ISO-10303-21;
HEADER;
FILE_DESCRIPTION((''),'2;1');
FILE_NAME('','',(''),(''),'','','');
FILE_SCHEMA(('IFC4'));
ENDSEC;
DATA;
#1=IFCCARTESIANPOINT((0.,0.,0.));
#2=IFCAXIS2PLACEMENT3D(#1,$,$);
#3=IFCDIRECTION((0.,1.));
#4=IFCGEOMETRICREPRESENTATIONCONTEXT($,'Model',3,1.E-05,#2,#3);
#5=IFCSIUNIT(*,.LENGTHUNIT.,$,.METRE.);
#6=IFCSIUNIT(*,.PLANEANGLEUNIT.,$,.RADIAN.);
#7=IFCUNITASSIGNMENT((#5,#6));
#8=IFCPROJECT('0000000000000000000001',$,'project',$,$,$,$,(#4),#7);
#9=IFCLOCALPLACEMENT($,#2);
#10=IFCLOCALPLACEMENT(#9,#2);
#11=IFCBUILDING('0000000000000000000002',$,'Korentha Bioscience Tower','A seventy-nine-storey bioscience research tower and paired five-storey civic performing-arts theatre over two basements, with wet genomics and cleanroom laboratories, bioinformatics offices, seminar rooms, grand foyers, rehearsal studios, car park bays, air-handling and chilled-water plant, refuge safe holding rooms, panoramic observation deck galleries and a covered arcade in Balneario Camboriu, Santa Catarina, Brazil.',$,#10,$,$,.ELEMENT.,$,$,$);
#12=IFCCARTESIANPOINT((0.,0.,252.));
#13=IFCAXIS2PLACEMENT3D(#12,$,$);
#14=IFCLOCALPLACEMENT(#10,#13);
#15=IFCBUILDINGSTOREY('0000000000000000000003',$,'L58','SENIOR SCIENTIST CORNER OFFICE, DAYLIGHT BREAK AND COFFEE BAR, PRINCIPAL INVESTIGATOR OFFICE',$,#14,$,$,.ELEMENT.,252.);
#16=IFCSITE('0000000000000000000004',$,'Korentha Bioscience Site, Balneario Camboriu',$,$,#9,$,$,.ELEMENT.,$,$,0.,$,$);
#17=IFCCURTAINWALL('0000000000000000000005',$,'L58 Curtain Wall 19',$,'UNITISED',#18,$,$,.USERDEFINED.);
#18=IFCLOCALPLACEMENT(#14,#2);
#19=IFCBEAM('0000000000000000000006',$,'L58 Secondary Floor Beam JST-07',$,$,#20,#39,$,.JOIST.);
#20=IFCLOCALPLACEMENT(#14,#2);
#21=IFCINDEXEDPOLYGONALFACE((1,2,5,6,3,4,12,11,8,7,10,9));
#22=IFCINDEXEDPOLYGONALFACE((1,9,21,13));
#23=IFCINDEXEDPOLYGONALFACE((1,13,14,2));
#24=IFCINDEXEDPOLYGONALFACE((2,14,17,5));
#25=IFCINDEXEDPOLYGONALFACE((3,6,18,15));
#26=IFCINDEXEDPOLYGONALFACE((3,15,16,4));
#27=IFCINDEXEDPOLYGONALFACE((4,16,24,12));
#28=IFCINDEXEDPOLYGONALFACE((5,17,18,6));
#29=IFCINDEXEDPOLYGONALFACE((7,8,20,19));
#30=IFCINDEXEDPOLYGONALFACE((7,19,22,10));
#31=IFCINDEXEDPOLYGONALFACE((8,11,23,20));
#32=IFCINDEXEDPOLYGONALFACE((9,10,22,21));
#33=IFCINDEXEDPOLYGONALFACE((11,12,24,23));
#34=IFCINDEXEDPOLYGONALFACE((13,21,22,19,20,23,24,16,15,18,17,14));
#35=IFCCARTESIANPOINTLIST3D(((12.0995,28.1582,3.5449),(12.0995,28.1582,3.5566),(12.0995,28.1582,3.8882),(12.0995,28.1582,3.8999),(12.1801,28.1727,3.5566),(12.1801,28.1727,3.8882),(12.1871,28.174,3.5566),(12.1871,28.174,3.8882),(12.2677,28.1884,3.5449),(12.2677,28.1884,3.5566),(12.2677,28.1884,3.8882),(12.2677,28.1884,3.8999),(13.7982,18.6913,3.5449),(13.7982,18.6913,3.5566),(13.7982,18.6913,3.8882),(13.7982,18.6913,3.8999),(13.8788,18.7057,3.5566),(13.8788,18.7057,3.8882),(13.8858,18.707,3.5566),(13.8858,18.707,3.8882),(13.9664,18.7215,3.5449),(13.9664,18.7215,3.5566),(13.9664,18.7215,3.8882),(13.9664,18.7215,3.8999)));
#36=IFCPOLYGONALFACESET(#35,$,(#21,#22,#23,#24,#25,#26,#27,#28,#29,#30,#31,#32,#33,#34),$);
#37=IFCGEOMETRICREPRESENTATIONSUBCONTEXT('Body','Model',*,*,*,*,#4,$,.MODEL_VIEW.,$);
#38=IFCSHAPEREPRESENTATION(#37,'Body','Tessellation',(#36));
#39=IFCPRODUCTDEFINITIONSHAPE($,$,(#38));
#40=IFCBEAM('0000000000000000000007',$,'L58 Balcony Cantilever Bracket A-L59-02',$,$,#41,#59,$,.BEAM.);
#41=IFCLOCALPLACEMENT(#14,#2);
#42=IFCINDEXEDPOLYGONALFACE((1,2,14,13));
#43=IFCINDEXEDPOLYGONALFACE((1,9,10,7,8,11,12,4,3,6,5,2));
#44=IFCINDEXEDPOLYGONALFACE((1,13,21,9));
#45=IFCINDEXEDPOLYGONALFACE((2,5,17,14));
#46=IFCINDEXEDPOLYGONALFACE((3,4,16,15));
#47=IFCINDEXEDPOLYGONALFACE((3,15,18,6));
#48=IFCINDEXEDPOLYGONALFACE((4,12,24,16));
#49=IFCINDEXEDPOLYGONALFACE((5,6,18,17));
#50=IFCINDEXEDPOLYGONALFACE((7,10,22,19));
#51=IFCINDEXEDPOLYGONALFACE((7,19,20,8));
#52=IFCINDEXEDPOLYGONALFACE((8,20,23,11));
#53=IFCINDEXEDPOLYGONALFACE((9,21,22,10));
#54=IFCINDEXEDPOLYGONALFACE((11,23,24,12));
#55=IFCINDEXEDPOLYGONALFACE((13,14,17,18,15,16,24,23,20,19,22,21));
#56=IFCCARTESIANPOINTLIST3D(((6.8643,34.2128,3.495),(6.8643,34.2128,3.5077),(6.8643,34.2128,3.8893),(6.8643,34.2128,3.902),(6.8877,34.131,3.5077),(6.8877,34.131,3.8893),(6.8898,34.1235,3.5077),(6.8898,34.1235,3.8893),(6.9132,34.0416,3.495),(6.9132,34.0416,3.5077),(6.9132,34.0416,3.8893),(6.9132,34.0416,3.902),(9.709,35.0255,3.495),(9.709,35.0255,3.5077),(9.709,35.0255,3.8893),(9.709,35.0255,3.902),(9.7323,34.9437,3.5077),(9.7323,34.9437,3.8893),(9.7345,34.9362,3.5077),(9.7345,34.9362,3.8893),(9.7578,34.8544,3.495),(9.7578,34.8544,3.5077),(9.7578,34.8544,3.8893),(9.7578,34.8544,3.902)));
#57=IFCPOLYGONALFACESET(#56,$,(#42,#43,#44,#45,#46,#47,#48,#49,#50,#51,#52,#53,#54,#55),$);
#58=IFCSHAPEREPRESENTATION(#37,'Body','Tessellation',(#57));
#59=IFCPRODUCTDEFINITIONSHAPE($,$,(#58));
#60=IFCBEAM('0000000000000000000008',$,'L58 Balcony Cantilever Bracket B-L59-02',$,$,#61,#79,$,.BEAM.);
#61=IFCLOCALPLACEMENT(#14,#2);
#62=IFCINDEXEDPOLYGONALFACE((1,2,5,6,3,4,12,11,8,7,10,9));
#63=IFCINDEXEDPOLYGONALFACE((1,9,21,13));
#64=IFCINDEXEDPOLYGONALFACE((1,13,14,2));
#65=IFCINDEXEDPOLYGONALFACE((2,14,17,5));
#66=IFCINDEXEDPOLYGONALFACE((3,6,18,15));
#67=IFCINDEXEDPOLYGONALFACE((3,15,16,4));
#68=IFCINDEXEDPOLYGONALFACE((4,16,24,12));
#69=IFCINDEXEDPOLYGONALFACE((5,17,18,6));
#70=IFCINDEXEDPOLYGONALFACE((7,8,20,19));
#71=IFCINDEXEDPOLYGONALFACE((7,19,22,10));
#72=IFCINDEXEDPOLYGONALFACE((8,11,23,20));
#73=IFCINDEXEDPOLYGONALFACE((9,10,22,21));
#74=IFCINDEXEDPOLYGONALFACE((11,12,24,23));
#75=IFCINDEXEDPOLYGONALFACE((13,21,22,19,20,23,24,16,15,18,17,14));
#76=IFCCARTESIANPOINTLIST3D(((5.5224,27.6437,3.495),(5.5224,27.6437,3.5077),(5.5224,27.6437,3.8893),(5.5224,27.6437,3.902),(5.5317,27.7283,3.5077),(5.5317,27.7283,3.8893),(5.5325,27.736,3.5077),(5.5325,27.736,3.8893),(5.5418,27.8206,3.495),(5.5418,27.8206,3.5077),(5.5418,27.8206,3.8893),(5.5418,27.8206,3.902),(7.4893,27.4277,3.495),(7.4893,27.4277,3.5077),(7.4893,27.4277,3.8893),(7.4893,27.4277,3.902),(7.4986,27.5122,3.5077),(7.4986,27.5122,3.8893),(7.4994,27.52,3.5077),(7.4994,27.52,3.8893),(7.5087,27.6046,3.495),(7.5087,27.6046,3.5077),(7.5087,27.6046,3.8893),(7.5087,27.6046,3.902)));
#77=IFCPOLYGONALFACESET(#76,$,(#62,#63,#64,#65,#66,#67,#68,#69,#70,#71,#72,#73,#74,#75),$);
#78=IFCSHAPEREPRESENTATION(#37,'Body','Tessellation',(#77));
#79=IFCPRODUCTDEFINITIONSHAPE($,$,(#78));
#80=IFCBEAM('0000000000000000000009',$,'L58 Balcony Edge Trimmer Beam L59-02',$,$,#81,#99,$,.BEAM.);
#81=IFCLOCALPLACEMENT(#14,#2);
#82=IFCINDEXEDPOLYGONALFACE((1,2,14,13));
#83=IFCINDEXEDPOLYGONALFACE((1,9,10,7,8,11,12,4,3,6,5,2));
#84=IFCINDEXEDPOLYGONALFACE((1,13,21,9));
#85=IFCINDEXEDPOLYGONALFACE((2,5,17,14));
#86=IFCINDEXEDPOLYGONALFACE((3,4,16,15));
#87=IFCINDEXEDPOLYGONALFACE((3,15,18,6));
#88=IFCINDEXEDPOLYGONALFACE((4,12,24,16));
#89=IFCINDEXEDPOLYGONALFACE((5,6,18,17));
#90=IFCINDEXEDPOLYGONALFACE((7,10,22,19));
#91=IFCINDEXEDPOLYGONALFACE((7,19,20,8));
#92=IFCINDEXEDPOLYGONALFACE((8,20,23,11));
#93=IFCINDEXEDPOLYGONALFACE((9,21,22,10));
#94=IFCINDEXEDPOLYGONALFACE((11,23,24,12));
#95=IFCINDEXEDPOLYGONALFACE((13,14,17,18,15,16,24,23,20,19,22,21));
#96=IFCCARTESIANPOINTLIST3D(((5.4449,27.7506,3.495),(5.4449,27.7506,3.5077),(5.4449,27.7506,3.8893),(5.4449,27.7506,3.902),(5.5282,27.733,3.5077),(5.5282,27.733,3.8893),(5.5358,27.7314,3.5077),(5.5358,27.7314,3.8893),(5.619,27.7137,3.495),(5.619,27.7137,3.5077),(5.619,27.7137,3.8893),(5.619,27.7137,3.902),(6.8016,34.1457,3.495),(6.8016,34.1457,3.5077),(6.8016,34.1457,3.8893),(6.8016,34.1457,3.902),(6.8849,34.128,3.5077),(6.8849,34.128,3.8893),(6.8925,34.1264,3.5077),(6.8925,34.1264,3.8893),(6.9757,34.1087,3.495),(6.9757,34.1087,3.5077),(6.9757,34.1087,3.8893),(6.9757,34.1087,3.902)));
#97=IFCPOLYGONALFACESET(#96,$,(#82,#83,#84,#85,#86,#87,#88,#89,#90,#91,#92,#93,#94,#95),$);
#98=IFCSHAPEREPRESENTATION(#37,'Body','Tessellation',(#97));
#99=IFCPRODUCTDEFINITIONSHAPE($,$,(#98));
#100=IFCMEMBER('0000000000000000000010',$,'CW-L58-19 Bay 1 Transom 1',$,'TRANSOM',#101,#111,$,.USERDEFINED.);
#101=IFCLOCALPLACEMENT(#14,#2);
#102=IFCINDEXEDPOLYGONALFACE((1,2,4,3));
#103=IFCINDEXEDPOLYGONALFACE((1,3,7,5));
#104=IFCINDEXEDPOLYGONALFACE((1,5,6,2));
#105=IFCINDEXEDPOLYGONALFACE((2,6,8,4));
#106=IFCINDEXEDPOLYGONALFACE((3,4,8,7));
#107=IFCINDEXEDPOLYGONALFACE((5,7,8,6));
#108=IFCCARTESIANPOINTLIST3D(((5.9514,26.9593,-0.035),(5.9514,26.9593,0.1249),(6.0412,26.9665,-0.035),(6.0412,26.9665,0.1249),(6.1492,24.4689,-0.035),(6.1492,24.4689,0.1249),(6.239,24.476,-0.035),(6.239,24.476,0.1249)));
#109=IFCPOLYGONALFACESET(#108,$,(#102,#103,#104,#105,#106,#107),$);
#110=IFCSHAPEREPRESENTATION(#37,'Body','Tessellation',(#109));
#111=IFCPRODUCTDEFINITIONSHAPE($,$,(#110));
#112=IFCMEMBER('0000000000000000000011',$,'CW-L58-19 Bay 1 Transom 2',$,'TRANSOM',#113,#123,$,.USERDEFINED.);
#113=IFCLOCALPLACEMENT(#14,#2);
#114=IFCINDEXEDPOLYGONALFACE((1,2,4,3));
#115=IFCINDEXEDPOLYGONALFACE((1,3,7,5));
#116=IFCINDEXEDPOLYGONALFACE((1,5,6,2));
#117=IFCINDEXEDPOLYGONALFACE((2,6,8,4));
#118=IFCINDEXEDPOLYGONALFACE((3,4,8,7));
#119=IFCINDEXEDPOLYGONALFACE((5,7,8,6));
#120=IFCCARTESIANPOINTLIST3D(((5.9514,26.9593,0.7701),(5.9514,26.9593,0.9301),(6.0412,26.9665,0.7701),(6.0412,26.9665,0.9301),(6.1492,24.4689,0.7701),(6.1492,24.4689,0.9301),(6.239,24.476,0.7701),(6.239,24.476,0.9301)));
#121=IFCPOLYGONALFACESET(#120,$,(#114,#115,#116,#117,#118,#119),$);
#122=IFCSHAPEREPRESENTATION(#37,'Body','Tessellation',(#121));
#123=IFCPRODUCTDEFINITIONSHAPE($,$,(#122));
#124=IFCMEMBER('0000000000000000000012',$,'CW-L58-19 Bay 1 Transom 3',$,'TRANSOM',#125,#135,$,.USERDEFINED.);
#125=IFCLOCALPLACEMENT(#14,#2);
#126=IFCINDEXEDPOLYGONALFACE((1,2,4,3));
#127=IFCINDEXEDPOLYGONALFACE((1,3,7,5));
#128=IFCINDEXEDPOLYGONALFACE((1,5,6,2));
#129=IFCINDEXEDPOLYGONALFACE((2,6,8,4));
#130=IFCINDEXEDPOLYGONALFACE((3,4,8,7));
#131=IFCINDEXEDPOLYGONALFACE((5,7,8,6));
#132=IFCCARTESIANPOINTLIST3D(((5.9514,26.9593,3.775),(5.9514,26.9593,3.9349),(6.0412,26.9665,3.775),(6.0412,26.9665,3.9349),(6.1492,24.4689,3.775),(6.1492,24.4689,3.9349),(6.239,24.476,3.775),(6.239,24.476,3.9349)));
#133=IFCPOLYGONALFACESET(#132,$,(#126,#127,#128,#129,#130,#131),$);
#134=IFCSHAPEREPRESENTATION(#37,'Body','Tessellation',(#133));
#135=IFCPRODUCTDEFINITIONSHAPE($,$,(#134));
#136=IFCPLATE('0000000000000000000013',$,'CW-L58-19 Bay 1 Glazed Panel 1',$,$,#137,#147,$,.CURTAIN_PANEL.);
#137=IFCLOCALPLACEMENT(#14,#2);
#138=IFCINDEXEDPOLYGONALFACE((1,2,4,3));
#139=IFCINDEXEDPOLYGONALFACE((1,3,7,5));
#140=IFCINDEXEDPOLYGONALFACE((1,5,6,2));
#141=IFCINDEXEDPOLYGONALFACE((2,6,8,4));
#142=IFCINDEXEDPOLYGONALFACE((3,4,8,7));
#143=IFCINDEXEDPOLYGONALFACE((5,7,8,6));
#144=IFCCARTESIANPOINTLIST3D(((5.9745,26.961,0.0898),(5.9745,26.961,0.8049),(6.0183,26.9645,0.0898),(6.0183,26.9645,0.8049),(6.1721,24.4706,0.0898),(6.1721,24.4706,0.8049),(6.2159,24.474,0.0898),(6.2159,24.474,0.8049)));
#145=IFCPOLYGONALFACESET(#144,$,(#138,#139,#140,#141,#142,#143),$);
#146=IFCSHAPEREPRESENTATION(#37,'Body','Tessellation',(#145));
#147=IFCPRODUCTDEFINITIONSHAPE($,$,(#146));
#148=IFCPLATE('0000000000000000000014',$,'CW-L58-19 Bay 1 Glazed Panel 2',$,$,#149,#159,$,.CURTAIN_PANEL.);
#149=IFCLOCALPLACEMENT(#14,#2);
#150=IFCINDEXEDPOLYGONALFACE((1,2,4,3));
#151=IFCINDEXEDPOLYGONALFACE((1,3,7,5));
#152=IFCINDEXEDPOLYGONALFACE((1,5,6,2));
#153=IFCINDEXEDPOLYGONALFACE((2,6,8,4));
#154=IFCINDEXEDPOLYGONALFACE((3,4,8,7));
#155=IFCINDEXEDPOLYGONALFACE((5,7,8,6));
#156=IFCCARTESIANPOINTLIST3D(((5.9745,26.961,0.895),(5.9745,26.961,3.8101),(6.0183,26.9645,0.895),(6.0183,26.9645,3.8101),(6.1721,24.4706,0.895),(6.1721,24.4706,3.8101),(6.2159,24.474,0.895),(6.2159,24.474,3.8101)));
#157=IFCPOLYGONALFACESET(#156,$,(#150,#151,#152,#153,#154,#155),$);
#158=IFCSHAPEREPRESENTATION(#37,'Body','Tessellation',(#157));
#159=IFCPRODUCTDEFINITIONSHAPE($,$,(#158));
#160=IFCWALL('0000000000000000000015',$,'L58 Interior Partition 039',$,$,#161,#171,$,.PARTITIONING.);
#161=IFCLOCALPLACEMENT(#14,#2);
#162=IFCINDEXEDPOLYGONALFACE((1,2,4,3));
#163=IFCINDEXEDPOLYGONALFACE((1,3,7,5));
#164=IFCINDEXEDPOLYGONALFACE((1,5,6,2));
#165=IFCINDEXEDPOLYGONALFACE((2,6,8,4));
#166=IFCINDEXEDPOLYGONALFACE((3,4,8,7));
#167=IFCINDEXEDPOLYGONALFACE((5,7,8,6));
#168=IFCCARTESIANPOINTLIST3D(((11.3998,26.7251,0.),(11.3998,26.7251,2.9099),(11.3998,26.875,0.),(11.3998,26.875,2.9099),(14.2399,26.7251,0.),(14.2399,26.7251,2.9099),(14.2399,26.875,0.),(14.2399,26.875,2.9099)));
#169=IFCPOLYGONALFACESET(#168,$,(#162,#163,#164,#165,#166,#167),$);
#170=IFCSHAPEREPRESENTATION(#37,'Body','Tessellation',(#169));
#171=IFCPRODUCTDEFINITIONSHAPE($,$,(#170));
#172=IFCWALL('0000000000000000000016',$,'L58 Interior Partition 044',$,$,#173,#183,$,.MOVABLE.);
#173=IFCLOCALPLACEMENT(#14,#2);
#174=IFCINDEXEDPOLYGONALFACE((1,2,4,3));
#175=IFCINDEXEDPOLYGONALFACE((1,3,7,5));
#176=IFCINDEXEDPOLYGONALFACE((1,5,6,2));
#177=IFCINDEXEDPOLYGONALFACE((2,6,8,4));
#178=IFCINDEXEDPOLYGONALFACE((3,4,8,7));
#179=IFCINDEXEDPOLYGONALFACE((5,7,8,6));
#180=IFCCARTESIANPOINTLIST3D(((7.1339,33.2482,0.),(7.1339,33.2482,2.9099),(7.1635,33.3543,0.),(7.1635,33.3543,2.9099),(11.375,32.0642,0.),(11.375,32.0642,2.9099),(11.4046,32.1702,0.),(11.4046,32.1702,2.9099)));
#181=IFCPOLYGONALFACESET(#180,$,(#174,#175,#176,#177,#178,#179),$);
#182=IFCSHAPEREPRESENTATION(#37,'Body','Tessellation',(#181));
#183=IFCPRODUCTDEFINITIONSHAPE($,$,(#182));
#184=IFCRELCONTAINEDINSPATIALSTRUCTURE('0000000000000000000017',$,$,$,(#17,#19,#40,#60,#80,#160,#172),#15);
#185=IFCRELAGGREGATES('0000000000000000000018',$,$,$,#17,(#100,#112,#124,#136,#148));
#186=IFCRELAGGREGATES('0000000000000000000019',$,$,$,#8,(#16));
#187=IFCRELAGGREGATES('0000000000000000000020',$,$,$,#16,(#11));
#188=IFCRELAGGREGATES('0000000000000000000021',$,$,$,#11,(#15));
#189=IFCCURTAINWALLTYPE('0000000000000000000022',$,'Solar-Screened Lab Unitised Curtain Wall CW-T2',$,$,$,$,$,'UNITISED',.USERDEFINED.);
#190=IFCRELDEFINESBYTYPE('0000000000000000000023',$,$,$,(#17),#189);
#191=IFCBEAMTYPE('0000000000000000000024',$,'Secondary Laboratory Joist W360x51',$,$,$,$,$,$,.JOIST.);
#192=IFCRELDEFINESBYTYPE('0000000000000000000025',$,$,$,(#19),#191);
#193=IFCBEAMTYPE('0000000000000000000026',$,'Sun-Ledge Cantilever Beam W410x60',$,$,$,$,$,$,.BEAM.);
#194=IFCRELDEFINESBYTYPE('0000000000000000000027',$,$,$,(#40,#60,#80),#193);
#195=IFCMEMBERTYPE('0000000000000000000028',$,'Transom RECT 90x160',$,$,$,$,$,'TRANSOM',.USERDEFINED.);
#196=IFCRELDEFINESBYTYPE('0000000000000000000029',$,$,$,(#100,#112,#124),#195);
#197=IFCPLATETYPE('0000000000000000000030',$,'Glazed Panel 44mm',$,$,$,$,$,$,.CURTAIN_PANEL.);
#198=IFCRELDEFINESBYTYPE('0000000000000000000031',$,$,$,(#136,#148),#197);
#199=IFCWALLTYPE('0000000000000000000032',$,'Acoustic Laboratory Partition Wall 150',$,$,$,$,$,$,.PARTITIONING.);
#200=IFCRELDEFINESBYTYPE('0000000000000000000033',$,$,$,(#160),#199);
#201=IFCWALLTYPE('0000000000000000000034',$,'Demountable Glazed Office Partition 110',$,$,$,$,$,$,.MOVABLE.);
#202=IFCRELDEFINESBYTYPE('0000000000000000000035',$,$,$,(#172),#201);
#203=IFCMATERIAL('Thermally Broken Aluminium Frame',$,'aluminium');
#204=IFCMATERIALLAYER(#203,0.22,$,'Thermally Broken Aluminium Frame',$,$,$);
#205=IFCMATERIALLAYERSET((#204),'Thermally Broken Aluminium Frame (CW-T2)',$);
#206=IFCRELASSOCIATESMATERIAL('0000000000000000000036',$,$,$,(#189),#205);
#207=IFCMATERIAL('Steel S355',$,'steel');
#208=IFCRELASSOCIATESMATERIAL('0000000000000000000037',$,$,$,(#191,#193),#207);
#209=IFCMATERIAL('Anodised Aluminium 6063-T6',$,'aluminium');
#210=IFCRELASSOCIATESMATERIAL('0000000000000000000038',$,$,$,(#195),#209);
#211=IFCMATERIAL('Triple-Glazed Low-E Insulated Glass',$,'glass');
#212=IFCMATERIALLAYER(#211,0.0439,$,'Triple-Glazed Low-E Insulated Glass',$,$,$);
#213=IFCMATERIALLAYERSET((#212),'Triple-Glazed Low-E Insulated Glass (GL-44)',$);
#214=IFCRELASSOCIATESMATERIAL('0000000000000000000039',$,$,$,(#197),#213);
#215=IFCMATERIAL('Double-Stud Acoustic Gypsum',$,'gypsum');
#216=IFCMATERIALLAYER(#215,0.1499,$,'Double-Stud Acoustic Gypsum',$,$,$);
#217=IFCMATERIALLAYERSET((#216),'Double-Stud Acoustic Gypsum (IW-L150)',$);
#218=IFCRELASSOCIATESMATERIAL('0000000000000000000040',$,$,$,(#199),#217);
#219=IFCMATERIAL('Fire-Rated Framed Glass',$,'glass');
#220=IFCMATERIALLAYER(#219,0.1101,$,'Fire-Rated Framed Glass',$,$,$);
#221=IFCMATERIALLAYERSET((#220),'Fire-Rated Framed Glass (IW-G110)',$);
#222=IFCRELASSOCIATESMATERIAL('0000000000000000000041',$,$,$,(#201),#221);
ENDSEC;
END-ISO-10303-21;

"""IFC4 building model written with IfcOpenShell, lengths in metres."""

from ifc_helpers import new_model, si_unit, direction, frame, frame_2d, origin, origin_2d, place, context, subcontext, project, spatial, rectangle, i_section, extrude, material, layer, layer_set, material_profile, profile_set, type_object, element, aggregate, save


model = new_model("IFC4")

# Units and contexts
model_context = context("Model", 3, precision=1e-05, world=origin(), true_north=direction((0.0, 1.0)))
body_context = subcontext(model_context, "Body", "Model", "MODEL_VIEW")
ifc_project = project(units=[si_unit("LENGTHUNIT", "METRE"), si_unit("PLANEANGLEUNIT", "RADIAN")], contexts=[model_context])

# Site, building, storey
site_placement = place(None, origin())
site = spatial("IfcSite", under=ifc_project, at=site_placement, Name="Korentha Bioscience Site, Balneario Camboriu", CompositionType="ELEMENT", RefElevation=0.0)
building_placement = place(site_placement, origin())
building = spatial("IfcBuilding", under=site, at=building_placement, Name="Korentha Bioscience Tower", Description="A seventy-nine-storey bioscience research tower and paired five-storey civic performing-arts theatre over two basements, with wet genomics and cleanroom laboratories, bioinformatics offices, seminar rooms, grand foyers, rehearsal studios, car park bays, air-handling and chilled-water plant, refuge safe holding rooms, panoramic observation deck galleries and a covered arcade in Balneario Camboriu, Santa Catarina, Brazil.", CompositionType="ELEMENT")
storey_placement = place(building_placement, frame((0.0, 0.0, 252.0)))
storey = spatial("IfcBuildingStorey", under=building, at=storey_placement, Name="L58", Description="SENIOR SCIENTIST CORNER OFFICE, DAYLIGHT BREAK AND COFFEE BAR, PRINCIPAL INVESTIGATOR OFFICE", CompositionType="ELEMENT", Elevation=252.0)

# Shared definitions
ifc_material_1 = material(Name="Steel S355", Category="steel")

# Curtain wall
ifc_material_2 = material(Name="Thermally Broken Aluminium Frame", Category="aluminium")
ifc_layer_1 = layer(ifc_material_2, 0.22, Name="Thermally Broken Aluminium Frame")
ifc_layer_set_1 = layer_set([ifc_layer_1], Name="Thermally Broken Aluminium Frame (CW-T2)")
curtain_wall_type = type_object("IfcCurtainWallType", Name="Solar-Screened Lab Unitised Curtain Wall CW-T2", ElementType="UNITISED", PredefinedType="USERDEFINED", material=ifc_layer_set_1)
curtain_wall_placement = place(storey_placement, origin())
curtain_wall = element("IfcCurtainWall", 1, at=curtain_wall_placement, inside=storey, type_object=curtain_wall_type, Name="L58 Curtain Wall 19", ObjectType="UNITISED", PredefinedType="USERDEFINED")
ifc_material_3 = material(Name="Anodised Aluminium 6063-T6", Category="aluminium")

# Beams
ifc_material_profile_1 = material_profile(ifc_material_1, i_section(OverallWidth=0.1709, OverallDepth=0.355, WebThickness=0.0071, FlangeThickness=0.0117, at=origin_2d()), Name="Steel S355")
ifc_profile_set_1 = profile_set([ifc_material_profile_1], Name="Steel S355 (JB-360)")
beam_type_1 = type_object("IfcBeamType", Name="Secondary Laboratory Joist W360x51", PredefinedType="JOIST", material=ifc_profile_set_1)
beam_1_placement = place(storey_placement, frame((12.1836, 28.1733, 3.7224), z_axis=(0.176616, -0.98428, 0.0), x_axis=(0.98428, 0.176616, 0.0)))
element("IfcBeam", 2, at=beam_1_placement, inside=storey, type_object=beam_type_1, Name="L58 Secondary Floor Beam JST-07", PredefinedType="JOIST", context=body_context, shape_type="SweptSolid", body=[
    extrude(i_section(OverallWidth=0.1709, OverallDepth=0.355, WebThickness=0.0071, FlangeThickness=0.0117, at=origin_2d()), origin(), (0.0, 0.0, 1.0), 9.6182),
])
ifc_material_profile_2 = material_profile(ifc_material_1, i_section(OverallWidth=0.178, OverallDepth=0.407, WebThickness=0.0078, FlangeThickness=0.0127, at=origin_2d()), Name="Steel S355")
ifc_profile_set_2 = profile_set([ifc_material_profile_2], Name="Steel S355 (CB-410)")
beam_type_2 = type_object("IfcBeamType", Name="Sun-Ledge Cantilever Beam W410x60", PredefinedType="BEAM", material=ifc_profile_set_2)
beam_2_placement = place(storey_placement, frame((9.7334, 34.9399, 3.6985), z_axis=(-0.961527, -0.27471, 0.0), x_axis=(0.27471, -0.961527, 0.0)))
element("IfcBeam", 3, at=beam_2_placement, inside=storey, type_object=beam_type_2, Name="L58 Balcony Cantilever Bracket A-L59-02", PredefinedType="BEAM", context=body_context, shape_type="SweptSolid", body=[
    extrude(i_section(OverallWidth=0.178, OverallDepth=0.407, WebThickness=0.0078, FlangeThickness=0.0127, at=origin_2d()), origin(), (0.0, 0.0, 1.0), 2.9585),
])
beam_3_placement = place(storey_placement, frame((7.499, 27.5161, 3.6985), z_axis=(-0.994021, 0.109186, 0.0), x_axis=(-0.109186, -0.994021, 0.0)))
element("IfcBeam", 4, at=beam_3_placement, inside=storey, type_object=beam_type_2, Name="L58 Balcony Cantilever Bracket B-L59-02", PredefinedType="BEAM", context=body_context, shape_type="SweptSolid", body=[
    extrude(i_section(OverallWidth=0.178, OverallDepth=0.407, WebThickness=0.0078, FlangeThickness=0.0127, at=origin_2d()), origin(), (0.0, 0.0, 1.0), 1.9788),
])
beam_4_placement = place(storey_placement, frame((6.8887, 34.1272, 3.6985), z_axis=(-0.207529, -0.978229, 0.0), x_axis=(0.978229, -0.207529, 0.0)))
element("IfcBeam", 5, at=beam_4_placement, inside=storey, type_object=beam_type_2, Name="L58 Balcony Edge Trimmer Beam L59-02", PredefinedType="BEAM", context=body_context, shape_type="SweptSolid", body=[
    extrude(i_section(OverallWidth=0.178, OverallDepth=0.407, WebThickness=0.0078, FlangeThickness=0.0127, at=origin_2d()), origin(), (0.0, 0.0, 1.0), 6.5374),
])

# Members
ifc_material_profile_3 = material_profile(ifc_material_3, rectangle(XDim=0.0901, YDim=0.1599, at=origin_2d()), Name="Anodised Aluminium 6063-T6")
ifc_profile_set_3 = profile_set([ifc_material_profile_3], Name="Anodised Aluminium 6063-T6 (CW-TRN)")
member_type_1 = type_object("IfcMemberType", Name="Transom RECT 90x160", ElementType="TRANSOM", PredefinedType="USERDEFINED", material=ifc_profile_set_3)
member_1_placement = place(storey_placement, frame((5.9963, 26.9629, 0.0449), z_axis=(0.079155, -0.996862, 0.0), x_axis=(0.996862, 0.079155, 0.0)))
member_1 = element("IfcMember", 6, at=member_1_placement, type_object=member_type_1, Name="CW-L58-19 Bay 1 Transom 1", ObjectType="TRANSOM", PredefinedType="USERDEFINED", context=body_context, shape_type="SweptSolid", body=[
    extrude(rectangle(XDim=0.0901, YDim=0.1599, at=origin_2d()), origin(), (0.0, 0.0, 1.0), 2.4983),
])
member_2_placement = place(storey_placement, frame((5.9963, 26.9629, 0.8501), z_axis=(0.079155, -0.996862, 0.0), x_axis=(0.996862, 0.079155, 0.0)))
member_2 = element("IfcMember", 7, at=member_2_placement, type_object=member_type_1, Name="CW-L58-19 Bay 1 Transom 2", ObjectType="TRANSOM", PredefinedType="USERDEFINED", context=body_context, shape_type="SweptSolid", body=[
    extrude(rectangle(XDim=0.0901, YDim=0.1599, at=origin_2d()), origin(), (0.0, 0.0, 1.0), 2.4983),
])
member_3_placement = place(storey_placement, frame((5.9963, 26.9629, 3.855), z_axis=(0.079155, -0.996862, 0.0), x_axis=(0.996862, 0.079155, 0.0)))
member_3 = element("IfcMember", 8, at=member_3_placement, type_object=member_type_1, Name="CW-L58-19 Bay 1 Transom 3", ObjectType="TRANSOM", PredefinedType="USERDEFINED", context=body_context, shape_type="SweptSolid", body=[
    extrude(rectangle(XDim=0.0901, YDim=0.1599, at=origin_2d()), origin(), (0.0, 0.0, 1.0), 2.4983),
])

# Plates
ifc_material_4 = material(Name="Triple-Glazed Low-E Insulated Glass", Category="glass")
ifc_layer_2 = layer(ifc_material_4, 0.0439, Name="Triple-Glazed Low-E Insulated Glass")
ifc_layer_set_2 = layer_set([ifc_layer_2], Name="Triple-Glazed Low-E Insulated Glass (GL-44)")
plate_type = type_object("IfcPlateType", Name="Glazed Panel 44mm", PredefinedType="CURTAIN_PANEL", material=ifc_layer_set_2)
plate_1_placement = place(storey_placement, frame((6.0952, 25.7175, 0.0898), z_axis=(0.0, 0.0, 1.0), x_axis=(0.079117, -0.996865, 0.0)))
plate_1 = element("IfcPlate", 9, at=plate_1_placement, type_object=plate_type, Name="CW-L58-19 Bay 1 Glazed Panel 1", PredefinedType="CURTAIN_PANEL", context=body_context, shape_type="SweptSolid", body=[
    extrude(rectangle(XDim=2.4983, YDim=0.0439, at=origin_2d()), origin(), (0.0, 0.0, 1.0), 0.7151),
])
plate_2_placement = place(storey_placement, frame((6.0952, 25.7175, 0.895), z_axis=(0.0, 0.0, 1.0), x_axis=(0.079117, -0.996865, 0.0)))
plate_2 = element("IfcPlate", 10, at=plate_2_placement, type_object=plate_type, Name="CW-L58-19 Bay 1 Glazed Panel 2", PredefinedType="CURTAIN_PANEL", context=body_context, shape_type="SweptSolid", body=[
    extrude(rectangle(XDim=2.4983, YDim=0.0439, at=origin_2d()), origin(), (0.0, 0.0, 1.0), 2.915),
])
aggregate(curtain_wall, [member_1, member_2, member_3, plate_1, plate_2])

# Shared definitions
ifc_material_5 = material(Name="Double-Stud Acoustic Gypsum", Category="gypsum")
ifc_layer_3 = layer(ifc_material_5, 0.1499, Name="Double-Stud Acoustic Gypsum")
ifc_layer_set_3 = layer_set([ifc_layer_3], Name="Double-Stud Acoustic Gypsum (IW-L150)")
wall_type_1 = type_object("IfcWallType", Name="Acoustic Laboratory Partition Wall 150", PredefinedType="PARTITIONING", material=ifc_layer_set_3)

# Walls
wall_1_placement = place(storey_placement, frame((11.3999, 26.8, 0.0), z_axis=(0.0, 0.0, 1.0), x_axis=(1.0, 0.0, 0.0)))
element("IfcWall", 11, at=wall_1_placement, inside=storey, type_object=wall_type_1, Name="L58 Interior Partition 039", PredefinedType="PARTITIONING", context=body_context, shape_type="SweptSolid", body=[
    extrude(rectangle(XDim=2.8401, YDim=0.1499, at=frame_2d((1.4199, 0.0))), origin(), (0.0, 0.0, 1.0), 2.9099),
])
ifc_material_6 = material(Name="Fire-Rated Framed Glass", Category="glass")
ifc_layer_4 = layer(ifc_material_6, 0.1101, Name="Fire-Rated Framed Glass")
ifc_layer_set_4 = layer_set([ifc_layer_4], Name="Fire-Rated Framed Glass (IW-G110)")
wall_type_2 = type_object("IfcWallType", Name="Demountable Glazed Office Partition 110", PredefinedType="MOVABLE", material=ifc_layer_set_4)
wall_2_placement = place(storey_placement, frame((7.1487, 33.3013, 0.0), z_axis=(0.0, 0.0, 1.0), x_axis=(0.963168, -0.268902, 0.0)))
element("IfcWall", 12, at=wall_2_placement, inside=storey, type_object=wall_type_2, Name="L58 Interior Partition 044", PredefinedType="MOVABLE", context=body_context, shape_type="SweptSolid", body=[
    extrude(rectangle(XDim=4.4033, YDim=0.1101, at=frame_2d((2.2017, 0.0))), origin(), (0.0, 0.0, 1.0), 2.9099),
])

save(model, "model.ifc")
